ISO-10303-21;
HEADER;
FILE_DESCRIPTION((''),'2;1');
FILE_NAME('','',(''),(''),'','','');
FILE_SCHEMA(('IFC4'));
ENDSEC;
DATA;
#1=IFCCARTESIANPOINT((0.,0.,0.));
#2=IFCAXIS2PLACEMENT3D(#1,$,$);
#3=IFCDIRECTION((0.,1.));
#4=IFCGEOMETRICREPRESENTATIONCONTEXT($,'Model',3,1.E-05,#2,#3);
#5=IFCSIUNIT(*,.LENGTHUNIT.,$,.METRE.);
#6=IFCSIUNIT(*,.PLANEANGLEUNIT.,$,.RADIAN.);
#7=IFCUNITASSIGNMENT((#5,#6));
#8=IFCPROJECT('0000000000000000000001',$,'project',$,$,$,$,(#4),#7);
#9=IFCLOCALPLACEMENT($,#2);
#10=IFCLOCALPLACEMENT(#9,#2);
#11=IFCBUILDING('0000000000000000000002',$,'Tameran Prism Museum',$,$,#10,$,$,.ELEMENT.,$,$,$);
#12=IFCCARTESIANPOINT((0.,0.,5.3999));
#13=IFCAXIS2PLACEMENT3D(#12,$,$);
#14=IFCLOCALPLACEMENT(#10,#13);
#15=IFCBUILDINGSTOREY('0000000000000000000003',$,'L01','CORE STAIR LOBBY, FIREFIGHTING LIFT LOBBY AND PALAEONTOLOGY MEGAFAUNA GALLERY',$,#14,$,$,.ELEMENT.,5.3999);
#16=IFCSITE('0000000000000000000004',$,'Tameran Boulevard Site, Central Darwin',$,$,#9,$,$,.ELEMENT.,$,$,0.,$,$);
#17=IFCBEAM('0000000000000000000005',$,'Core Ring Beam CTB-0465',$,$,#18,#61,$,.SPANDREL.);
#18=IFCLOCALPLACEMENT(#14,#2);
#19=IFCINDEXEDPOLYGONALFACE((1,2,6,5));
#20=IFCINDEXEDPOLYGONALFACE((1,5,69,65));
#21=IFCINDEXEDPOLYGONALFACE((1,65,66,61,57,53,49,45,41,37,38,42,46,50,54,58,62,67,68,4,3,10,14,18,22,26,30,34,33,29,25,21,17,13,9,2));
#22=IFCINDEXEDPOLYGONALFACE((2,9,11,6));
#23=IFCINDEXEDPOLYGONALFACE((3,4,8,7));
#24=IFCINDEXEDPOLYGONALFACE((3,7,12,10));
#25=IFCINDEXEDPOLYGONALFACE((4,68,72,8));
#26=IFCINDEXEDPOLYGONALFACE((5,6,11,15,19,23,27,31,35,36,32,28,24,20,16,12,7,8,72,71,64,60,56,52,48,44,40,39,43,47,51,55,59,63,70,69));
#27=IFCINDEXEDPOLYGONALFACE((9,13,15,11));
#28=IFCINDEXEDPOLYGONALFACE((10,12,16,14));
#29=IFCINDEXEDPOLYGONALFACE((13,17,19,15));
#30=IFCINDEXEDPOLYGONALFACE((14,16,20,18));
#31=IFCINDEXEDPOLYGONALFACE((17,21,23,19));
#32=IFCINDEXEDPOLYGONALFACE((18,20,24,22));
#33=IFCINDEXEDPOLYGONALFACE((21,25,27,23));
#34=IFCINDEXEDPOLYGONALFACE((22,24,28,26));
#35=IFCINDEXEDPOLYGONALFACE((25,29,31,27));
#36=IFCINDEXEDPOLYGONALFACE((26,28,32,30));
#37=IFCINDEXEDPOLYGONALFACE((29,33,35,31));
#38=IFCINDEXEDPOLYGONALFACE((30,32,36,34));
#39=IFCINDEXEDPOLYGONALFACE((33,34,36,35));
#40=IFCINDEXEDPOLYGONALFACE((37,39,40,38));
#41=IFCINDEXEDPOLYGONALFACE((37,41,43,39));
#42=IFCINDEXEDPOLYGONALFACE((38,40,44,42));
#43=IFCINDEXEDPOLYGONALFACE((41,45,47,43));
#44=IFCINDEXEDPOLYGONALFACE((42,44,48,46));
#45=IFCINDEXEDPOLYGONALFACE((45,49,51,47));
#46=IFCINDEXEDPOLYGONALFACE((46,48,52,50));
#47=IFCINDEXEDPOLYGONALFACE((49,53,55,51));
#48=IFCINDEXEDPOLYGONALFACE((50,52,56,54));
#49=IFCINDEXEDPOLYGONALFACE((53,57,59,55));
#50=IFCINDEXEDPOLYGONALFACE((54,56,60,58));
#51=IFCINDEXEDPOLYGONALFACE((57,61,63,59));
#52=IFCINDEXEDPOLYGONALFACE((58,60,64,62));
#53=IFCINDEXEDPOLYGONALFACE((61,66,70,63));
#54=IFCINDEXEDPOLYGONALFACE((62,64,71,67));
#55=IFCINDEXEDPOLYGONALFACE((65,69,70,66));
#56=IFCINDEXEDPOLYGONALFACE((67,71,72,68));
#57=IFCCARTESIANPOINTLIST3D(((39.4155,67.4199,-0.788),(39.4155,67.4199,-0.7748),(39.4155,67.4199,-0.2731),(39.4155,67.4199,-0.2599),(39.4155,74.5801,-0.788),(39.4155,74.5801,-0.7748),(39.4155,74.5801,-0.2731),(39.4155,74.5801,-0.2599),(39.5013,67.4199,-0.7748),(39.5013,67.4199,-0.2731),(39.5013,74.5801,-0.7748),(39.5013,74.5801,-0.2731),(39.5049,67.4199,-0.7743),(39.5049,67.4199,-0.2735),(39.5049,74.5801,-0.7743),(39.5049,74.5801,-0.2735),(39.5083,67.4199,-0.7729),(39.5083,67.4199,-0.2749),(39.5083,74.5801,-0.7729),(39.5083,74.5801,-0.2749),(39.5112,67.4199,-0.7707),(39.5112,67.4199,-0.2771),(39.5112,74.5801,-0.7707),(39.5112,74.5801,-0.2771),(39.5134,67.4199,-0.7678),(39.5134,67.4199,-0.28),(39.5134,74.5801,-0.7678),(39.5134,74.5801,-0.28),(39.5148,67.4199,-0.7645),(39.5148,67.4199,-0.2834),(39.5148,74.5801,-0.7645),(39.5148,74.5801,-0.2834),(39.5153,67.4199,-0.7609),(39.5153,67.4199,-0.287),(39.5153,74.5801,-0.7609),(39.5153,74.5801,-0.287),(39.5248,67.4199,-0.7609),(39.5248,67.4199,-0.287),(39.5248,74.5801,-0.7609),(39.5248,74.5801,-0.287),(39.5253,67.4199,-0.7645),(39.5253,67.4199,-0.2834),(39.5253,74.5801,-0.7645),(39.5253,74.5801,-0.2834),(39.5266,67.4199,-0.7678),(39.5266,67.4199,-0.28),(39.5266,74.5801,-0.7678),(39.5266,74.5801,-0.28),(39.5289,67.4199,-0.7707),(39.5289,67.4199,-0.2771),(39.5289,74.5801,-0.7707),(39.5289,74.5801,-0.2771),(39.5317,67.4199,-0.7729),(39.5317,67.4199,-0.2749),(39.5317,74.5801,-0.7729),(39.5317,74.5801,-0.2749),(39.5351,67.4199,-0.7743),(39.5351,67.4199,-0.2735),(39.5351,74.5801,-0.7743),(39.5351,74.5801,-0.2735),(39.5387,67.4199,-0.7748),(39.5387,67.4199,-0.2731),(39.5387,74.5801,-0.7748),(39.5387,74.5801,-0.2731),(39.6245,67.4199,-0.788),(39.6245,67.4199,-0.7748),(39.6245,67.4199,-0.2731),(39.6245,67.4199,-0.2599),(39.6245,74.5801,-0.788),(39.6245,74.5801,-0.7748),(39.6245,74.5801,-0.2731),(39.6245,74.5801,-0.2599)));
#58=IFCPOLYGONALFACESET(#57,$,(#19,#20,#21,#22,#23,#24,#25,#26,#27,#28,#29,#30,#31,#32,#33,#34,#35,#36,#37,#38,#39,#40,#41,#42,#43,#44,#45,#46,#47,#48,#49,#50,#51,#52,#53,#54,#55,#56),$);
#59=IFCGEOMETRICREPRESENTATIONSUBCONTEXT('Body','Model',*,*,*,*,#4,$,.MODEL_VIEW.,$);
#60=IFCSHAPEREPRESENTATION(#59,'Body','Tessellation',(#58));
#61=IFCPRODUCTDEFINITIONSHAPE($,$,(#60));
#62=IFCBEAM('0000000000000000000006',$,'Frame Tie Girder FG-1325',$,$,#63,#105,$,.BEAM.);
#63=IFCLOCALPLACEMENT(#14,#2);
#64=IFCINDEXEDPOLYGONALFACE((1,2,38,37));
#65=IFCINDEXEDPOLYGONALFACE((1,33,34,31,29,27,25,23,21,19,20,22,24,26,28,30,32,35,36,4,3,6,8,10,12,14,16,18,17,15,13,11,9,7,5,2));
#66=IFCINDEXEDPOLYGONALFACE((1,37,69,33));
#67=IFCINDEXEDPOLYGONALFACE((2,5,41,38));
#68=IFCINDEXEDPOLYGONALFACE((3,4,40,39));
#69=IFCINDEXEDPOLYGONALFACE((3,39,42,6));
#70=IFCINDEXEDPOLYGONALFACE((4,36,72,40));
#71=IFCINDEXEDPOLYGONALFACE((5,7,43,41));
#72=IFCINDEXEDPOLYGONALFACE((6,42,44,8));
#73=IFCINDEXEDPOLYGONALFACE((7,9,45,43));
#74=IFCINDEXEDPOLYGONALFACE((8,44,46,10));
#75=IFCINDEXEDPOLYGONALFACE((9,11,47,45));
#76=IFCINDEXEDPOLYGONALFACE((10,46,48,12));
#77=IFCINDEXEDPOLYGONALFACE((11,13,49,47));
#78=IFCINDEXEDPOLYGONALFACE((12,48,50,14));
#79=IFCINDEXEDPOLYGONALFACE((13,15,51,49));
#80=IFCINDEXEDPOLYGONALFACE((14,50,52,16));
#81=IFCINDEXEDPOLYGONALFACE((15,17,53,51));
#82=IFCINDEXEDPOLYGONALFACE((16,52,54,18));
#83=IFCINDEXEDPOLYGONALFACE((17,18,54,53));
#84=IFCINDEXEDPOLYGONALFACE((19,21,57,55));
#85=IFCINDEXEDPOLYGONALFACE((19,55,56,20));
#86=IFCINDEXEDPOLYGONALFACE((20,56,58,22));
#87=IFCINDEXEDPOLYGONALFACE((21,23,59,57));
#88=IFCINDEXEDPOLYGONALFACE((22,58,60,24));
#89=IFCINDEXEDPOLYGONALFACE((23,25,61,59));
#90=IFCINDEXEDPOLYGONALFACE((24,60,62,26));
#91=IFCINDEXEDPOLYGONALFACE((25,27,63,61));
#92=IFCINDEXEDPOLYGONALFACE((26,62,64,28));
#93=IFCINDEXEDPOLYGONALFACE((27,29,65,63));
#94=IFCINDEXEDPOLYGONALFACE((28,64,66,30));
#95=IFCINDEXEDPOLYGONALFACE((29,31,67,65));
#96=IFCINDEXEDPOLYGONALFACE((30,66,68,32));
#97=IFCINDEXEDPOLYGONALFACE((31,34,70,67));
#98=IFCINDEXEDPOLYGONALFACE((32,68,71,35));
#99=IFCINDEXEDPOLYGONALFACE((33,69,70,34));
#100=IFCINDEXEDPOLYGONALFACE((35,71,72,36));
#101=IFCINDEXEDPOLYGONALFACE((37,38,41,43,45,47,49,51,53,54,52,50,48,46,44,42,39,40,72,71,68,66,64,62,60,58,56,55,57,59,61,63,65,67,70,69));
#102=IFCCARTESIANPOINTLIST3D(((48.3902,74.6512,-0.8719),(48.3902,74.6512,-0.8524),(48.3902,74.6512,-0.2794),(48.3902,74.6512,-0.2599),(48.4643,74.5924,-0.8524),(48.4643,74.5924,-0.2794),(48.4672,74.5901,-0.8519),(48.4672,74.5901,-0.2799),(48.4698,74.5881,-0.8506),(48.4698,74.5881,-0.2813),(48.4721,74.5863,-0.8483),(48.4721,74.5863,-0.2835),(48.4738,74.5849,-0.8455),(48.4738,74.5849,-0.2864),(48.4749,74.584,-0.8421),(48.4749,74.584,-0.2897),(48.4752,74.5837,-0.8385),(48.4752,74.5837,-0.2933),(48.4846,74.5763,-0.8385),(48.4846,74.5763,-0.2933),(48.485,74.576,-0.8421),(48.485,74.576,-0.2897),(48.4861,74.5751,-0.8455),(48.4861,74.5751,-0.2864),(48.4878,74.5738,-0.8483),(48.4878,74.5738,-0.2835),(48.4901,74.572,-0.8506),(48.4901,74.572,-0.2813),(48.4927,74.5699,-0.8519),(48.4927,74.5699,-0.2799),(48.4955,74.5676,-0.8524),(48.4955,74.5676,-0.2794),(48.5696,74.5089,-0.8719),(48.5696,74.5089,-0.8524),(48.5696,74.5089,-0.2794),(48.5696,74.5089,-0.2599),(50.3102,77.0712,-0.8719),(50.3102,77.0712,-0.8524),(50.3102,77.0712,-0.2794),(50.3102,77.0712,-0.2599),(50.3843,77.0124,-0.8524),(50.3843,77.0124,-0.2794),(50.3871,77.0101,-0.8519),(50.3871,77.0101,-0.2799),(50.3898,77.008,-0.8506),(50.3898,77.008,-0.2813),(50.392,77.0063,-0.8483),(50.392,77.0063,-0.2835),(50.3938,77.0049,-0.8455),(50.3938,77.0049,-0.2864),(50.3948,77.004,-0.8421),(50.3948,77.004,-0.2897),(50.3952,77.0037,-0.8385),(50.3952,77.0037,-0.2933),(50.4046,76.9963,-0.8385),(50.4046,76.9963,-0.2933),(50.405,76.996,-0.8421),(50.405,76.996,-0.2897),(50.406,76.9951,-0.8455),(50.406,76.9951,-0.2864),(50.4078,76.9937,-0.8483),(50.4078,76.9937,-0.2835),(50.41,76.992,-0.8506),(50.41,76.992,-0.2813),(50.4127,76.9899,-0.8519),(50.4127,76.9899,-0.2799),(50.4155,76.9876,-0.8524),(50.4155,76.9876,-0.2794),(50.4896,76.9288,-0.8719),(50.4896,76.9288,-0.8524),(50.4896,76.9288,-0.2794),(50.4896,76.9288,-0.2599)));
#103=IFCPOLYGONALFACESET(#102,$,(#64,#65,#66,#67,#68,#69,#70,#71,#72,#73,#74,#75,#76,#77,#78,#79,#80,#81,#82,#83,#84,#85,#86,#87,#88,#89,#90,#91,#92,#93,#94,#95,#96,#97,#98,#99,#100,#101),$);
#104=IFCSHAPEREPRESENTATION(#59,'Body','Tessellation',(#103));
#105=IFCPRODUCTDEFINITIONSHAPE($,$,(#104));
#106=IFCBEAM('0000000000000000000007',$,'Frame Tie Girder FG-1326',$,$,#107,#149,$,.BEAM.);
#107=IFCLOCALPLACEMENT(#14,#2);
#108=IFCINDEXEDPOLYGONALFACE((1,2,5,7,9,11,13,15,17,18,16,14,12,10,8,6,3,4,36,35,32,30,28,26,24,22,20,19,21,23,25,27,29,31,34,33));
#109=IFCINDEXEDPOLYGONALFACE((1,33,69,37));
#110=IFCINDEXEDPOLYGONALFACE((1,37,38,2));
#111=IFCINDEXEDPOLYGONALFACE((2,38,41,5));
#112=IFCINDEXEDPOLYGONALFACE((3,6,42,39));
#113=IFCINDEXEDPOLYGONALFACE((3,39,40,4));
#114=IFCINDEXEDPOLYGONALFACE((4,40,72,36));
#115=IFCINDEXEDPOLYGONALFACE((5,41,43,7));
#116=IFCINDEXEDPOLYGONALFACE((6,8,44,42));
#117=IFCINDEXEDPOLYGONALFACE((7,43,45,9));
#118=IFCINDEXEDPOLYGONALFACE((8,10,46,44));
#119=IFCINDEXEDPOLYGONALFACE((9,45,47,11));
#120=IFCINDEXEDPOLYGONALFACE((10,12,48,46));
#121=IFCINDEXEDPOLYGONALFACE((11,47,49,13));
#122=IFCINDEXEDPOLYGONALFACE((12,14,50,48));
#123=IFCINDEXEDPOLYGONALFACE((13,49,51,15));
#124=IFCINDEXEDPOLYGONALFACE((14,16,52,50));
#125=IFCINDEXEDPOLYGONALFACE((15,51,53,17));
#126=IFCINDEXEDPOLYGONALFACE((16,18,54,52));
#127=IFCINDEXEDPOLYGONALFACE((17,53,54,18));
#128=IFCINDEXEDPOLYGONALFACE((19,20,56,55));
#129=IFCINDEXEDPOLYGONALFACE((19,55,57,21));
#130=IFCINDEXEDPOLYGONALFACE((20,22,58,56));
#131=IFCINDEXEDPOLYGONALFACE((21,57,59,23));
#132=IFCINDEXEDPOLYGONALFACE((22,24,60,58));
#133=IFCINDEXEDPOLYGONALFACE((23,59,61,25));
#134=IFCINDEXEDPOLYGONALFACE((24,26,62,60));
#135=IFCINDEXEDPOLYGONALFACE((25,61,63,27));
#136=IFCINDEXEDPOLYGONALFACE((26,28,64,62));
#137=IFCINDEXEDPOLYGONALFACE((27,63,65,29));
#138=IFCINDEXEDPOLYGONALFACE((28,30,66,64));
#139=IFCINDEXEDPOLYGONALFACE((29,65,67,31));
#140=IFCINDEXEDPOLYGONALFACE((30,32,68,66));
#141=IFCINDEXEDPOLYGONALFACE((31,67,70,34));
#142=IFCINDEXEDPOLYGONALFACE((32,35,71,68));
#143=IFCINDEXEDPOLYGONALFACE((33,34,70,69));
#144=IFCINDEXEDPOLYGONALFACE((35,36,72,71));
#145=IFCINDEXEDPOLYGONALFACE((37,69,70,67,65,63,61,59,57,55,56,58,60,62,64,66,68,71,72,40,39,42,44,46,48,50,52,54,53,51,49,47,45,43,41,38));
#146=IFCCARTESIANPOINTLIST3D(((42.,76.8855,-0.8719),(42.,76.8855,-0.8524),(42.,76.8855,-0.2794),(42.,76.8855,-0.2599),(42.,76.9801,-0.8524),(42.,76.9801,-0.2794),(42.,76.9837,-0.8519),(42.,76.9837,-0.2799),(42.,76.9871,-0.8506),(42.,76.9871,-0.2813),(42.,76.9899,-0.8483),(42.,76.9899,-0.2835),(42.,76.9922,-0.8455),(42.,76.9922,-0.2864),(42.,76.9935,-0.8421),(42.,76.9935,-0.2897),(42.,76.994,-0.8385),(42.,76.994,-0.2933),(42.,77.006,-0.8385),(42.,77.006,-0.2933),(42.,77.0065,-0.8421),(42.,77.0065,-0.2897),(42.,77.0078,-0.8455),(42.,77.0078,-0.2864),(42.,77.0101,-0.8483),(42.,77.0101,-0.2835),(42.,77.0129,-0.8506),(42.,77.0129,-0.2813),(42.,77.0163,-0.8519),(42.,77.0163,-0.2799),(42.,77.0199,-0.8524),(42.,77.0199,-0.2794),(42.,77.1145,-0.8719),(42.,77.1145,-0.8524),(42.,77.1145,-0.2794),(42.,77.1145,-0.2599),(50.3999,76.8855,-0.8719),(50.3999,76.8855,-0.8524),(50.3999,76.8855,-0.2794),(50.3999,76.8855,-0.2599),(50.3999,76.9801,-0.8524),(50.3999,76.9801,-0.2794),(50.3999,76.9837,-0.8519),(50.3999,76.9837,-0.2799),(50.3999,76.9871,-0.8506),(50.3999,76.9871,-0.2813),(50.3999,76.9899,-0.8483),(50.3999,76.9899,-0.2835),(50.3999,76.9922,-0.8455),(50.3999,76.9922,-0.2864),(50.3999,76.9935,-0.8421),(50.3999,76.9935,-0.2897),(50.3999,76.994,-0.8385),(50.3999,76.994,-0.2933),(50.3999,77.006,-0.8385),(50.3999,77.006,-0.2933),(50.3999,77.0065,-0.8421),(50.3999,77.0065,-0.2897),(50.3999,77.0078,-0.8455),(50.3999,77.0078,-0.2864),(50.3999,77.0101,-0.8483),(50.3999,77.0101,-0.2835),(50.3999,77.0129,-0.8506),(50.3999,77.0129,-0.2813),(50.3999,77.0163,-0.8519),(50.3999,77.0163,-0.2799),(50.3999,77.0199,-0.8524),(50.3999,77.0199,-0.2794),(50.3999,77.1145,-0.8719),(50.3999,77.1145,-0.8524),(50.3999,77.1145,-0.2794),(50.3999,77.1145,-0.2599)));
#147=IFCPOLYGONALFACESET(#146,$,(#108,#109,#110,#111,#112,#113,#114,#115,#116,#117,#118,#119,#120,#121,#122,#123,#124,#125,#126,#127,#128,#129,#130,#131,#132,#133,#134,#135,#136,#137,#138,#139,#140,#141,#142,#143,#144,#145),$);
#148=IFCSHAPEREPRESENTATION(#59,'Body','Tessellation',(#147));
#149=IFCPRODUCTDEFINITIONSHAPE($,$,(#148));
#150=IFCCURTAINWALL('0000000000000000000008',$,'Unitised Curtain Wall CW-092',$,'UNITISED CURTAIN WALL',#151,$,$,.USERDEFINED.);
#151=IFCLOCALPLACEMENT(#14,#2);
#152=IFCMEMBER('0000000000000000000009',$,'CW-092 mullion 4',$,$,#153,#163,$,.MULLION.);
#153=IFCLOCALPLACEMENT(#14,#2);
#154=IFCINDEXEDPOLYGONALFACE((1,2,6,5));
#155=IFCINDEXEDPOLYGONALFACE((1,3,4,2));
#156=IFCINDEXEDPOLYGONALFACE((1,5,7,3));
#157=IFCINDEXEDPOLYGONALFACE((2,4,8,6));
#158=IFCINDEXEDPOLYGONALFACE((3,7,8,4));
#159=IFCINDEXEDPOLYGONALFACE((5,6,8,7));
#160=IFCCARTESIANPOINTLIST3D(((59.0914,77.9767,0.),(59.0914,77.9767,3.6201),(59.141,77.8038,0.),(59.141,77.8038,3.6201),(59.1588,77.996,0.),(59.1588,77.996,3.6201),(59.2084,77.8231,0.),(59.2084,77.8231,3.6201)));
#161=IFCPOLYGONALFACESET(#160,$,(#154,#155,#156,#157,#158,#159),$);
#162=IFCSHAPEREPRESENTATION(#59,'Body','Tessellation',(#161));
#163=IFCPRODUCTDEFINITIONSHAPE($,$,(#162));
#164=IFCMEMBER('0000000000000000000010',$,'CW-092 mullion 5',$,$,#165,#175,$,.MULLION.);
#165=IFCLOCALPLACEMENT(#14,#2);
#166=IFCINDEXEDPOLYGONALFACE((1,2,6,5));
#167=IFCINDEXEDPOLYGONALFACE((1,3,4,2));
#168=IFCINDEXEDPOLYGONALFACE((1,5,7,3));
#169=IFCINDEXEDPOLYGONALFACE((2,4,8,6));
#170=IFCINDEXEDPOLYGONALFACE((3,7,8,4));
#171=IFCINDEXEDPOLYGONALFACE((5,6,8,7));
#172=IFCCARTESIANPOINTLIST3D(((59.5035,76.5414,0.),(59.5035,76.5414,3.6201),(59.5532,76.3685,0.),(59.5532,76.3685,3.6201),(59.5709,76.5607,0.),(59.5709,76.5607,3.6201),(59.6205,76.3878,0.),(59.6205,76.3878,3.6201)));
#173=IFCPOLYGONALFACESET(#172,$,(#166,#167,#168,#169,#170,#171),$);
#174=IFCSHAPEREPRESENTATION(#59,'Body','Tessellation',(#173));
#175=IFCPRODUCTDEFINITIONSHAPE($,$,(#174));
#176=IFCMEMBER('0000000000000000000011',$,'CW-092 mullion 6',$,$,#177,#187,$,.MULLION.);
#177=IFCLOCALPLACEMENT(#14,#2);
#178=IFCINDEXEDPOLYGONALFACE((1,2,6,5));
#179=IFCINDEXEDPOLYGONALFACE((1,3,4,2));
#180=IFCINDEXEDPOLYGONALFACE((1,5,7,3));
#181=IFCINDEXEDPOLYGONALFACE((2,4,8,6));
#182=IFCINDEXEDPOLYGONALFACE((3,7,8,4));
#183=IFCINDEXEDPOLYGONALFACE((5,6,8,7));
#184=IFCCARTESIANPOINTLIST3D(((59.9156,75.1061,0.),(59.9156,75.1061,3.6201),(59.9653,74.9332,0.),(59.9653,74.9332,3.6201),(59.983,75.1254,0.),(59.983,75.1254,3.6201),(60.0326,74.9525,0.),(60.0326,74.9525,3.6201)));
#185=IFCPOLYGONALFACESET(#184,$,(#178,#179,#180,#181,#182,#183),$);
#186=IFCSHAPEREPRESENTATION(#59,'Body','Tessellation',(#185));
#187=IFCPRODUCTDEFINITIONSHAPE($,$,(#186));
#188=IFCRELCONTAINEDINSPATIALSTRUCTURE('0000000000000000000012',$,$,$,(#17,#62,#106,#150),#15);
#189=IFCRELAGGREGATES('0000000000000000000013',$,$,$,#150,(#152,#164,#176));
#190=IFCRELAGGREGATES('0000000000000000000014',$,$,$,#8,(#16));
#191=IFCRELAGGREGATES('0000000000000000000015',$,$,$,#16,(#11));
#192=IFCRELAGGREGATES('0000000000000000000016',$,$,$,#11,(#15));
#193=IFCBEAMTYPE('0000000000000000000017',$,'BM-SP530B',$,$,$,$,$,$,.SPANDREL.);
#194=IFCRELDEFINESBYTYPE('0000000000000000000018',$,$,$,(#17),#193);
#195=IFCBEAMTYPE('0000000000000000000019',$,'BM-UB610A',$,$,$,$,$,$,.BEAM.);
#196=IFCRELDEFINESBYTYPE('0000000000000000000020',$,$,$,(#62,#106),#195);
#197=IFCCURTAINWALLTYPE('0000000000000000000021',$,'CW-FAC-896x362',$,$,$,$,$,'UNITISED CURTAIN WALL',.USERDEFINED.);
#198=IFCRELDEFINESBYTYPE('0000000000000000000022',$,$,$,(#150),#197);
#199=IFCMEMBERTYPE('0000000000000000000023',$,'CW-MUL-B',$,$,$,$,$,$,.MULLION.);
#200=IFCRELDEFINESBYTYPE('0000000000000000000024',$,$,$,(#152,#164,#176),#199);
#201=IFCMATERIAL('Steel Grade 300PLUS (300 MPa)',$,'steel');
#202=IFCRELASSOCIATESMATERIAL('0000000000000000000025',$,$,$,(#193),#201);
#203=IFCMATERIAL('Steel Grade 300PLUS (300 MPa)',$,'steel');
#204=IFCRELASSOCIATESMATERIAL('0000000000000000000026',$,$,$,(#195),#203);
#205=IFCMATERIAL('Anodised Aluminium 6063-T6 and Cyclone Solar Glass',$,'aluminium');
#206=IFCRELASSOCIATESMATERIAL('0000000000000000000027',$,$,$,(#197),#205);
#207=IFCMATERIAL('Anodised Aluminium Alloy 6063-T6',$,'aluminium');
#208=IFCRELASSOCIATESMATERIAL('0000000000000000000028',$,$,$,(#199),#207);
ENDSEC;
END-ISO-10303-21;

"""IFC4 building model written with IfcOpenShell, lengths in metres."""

from ifc_helpers import new_model, si_unit, direction, frame, origin, origin_2d, place, context, subcontext, project, spatial, rectangle, i_section, extrude, material, material_profile, profile_set, type_object, element, aggregate, save


model = new_model("IFC4")

# Units and contexts
model_context = context("Model", 3, precision=1e-05, world=origin(), true_north=direction((0.0, 1.0)))
body_context = subcontext(model_context, "Body", "Model", "MODEL_VIEW")
ifc_project = project(units=[si_unit("LENGTHUNIT", "METRE"), si_unit("PLANEANGLEUNIT", "RADIAN")], contexts=[model_context])

# Site, building, storey
site_placement = place(None, origin())
site = spatial("IfcSite", under=ifc_project, at=site_placement, Name="Tameran Boulevard Site, Central Darwin", CompositionType="ELEMENT", RefElevation=0.0)
building_placement = place(site_placement, origin())
building = spatial("IfcBuilding", under=site, at=building_placement, Name="Tameran Prism Museum", CompositionType="ELEMENT")
storey_placement = place(building_placement, frame((0.0, 0.0, 5.3999)))
storey = spatial("IfcBuildingStorey", under=building, at=storey_placement, Name="L01", Description="CORE STAIR LOBBY, FIREFIGHTING LIFT LOBBY AND PALAEONTOLOGY MEGAFAUNA GALLERY", CompositionType="ELEMENT", Elevation=5.3999)

# Beams
ifc_material_1 = material(Name="Steel Grade 300PLUS (300 MPa)", Category="steel")
ifc_material_profile_1 = material_profile(ifc_material_1, i_section(OverallWidth=0.209, OverallDepth=0.5281, WebThickness=0.0095, FlangeThickness=0.0132, FilletRadius=0.0139, at=origin_2d()))
ifc_profile_set_1 = profile_set([ifc_material_profile_1])
beam_type_1 = type_object("IfcBeamType", Name="BM-SP530B", PredefinedType="SPANDREL", material=ifc_profile_set_1)
beam_1_placement = place(storey_placement, frame((39.52, 74.5801, -0.5239), z_axis=(0.0, -1.0, 0.0), x_axis=(1.0, 0.0, 0.0)))
element("IfcBeam", 1, at=beam_1_placement, inside=storey, type_object=beam_type_1, Name="Core Ring Beam CTB-0465", PredefinedType="SPANDREL", context=body_context, shape_type="SweptSolid", body=[
    extrude(i_section(OverallWidth=0.209, OverallDepth=0.5281, WebThickness=0.0095, FlangeThickness=0.0132, FilletRadius=0.0139, at=origin_2d()), origin(), (0.0, 0.0, 1.0), 7.1602),
])
ifc_material_2 = material(Name="Steel Grade 300PLUS (300 MPa)", Category="steel")
ifc_material_profile_2 = material_profile(ifc_material_2, i_section(OverallWidth=0.229, OverallDepth=0.6121, WebThickness=0.012, FlangeThickness=0.0195, FilletRadius=0.0139, at=origin_2d()))
ifc_profile_set_2 = profile_set([ifc_material_profile_2])
beam_type_2 = type_object("IfcBeamType", Name="BM-UB610A", PredefinedType="BEAM", material=ifc_profile_set_2)
beam_2_placement = place(storey_placement, frame((50.3999, 77.0, -0.5659), z_axis=(-0.621529, -0.783392, 0.0), x_axis=(0.783392, -0.621529, 0.0)))
element("IfcBeam", 2, at=beam_2_placement, inside=storey, type_object=beam_type_2, Name="Frame Tie Girder FG-1325", PredefinedType="BEAM", context=body_context, shape_type="SweptSolid", body=[
    extrude(i_section(OverallWidth=0.229, OverallDepth=0.6121, WebThickness=0.012, FlangeThickness=0.0195, FilletRadius=0.0139, at=origin_2d()), origin(), (0.0, 0.0, 1.0), 3.0891),
])
beam_3_placement = place(storey_placement, frame((50.3999, 77.0, -0.5659), z_axis=(-1.0, 0.0, 0.0), x_axis=(0.0, -1.0, 0.0)))
element("IfcBeam", 3, at=beam_3_placement, inside=storey, type_object=beam_type_2, Name="Frame Tie Girder FG-1326", PredefinedType="BEAM", context=body_context, shape_type="SweptSolid", body=[
    extrude(i_section(OverallWidth=0.229, OverallDepth=0.6121, WebThickness=0.012, FlangeThickness=0.0195, FilletRadius=0.0139, at=origin_2d()), origin(), (0.0, 0.0, 1.0), 8.3999),
])

# Curtain wall, members
ifc_material_3 = material(Name="Anodised Aluminium 6063-T6 and Cyclone Solar Glass", Category="aluminium")
curtain_wall_type = type_object("IfcCurtainWallType", Name="CW-FAC-896x362", ElementType="UNITISED CURTAIN WALL", PredefinedType="USERDEFINED", material=ifc_material_3)
curtain_wall_placement = place(storey_placement, origin())
curtain_wall = element("IfcCurtainWall", 4, at=curtain_wall_placement, inside=storey, type_object=curtain_wall_type, Name="Unitised Curtain Wall CW-092", ObjectType="UNITISED CURTAIN WALL", PredefinedType="USERDEFINED")
ifc_material_4 = material(Name="Anodised Aluminium Alloy 6063-T6", Category="aluminium")
ifc_material_profile_3 = material_profile(ifc_material_4, rectangle(XDim=0.0701, YDim=0.1799, at=origin_2d()))
ifc_profile_set_3 = profile_set([ifc_material_profile_3])
member_type_1 = type_object("IfcMemberType", Name="CW-MUL-B", PredefinedType="MULLION", material=ifc_profile_set_3)
member_1_placement = place(storey_placement, frame((59.1499, 77.8999, 0.0), z_axis=(0.0, 0.0, 1.0), x_axis=(0.961186, 0.2759, 0.0)))
member_1 = element("IfcMember", 5, at=member_1_placement, type_object=member_type_1, Name="CW-092 mullion 4", PredefinedType="MULLION", context=body_context, shape_type="SweptSolid", body=[
    extrude(rectangle(XDim=0.0701, YDim=0.1799, at=origin_2d()), origin(), (0.0, 0.0, 1.0), 3.6201),
])
member_2_placement = place(storey_placement, frame((59.562, 76.4646, 0.0), z_axis=(0.0, 0.0, 1.0), x_axis=(0.961186, 0.2759, 0.0)))
member_2 = element("IfcMember", 6, at=member_2_placement, type_object=member_type_1, Name="CW-092 mullion 5", PredefinedType="MULLION", context=body_context, shape_type="SweptSolid", body=[
    extrude(rectangle(XDim=0.0701, YDim=0.1799, at=origin_2d()), origin(), (0.0, 0.0, 1.0), 3.6201),
])
member_3_placement = place(storey_placement, frame((59.9741, 75.0293, 0.0), z_axis=(0.0, 0.0, 1.0), x_axis=(0.961186, 0.2759, 0.0)))
member_3 = element("IfcMember", 7, at=member_3_placement, type_object=member_type_1, Name="CW-092 mullion 6", PredefinedType="MULLION", context=body_context, shape_type="SweptSolid", body=[
    extrude(rectangle(XDim=0.0701, YDim=0.1799, at=origin_2d()), origin(), (0.0, 0.0, 1.0), 3.6201),
])
aggregate(curtain_wall, [member_1, member_2, member_3])

save(model, "model.ifc")
